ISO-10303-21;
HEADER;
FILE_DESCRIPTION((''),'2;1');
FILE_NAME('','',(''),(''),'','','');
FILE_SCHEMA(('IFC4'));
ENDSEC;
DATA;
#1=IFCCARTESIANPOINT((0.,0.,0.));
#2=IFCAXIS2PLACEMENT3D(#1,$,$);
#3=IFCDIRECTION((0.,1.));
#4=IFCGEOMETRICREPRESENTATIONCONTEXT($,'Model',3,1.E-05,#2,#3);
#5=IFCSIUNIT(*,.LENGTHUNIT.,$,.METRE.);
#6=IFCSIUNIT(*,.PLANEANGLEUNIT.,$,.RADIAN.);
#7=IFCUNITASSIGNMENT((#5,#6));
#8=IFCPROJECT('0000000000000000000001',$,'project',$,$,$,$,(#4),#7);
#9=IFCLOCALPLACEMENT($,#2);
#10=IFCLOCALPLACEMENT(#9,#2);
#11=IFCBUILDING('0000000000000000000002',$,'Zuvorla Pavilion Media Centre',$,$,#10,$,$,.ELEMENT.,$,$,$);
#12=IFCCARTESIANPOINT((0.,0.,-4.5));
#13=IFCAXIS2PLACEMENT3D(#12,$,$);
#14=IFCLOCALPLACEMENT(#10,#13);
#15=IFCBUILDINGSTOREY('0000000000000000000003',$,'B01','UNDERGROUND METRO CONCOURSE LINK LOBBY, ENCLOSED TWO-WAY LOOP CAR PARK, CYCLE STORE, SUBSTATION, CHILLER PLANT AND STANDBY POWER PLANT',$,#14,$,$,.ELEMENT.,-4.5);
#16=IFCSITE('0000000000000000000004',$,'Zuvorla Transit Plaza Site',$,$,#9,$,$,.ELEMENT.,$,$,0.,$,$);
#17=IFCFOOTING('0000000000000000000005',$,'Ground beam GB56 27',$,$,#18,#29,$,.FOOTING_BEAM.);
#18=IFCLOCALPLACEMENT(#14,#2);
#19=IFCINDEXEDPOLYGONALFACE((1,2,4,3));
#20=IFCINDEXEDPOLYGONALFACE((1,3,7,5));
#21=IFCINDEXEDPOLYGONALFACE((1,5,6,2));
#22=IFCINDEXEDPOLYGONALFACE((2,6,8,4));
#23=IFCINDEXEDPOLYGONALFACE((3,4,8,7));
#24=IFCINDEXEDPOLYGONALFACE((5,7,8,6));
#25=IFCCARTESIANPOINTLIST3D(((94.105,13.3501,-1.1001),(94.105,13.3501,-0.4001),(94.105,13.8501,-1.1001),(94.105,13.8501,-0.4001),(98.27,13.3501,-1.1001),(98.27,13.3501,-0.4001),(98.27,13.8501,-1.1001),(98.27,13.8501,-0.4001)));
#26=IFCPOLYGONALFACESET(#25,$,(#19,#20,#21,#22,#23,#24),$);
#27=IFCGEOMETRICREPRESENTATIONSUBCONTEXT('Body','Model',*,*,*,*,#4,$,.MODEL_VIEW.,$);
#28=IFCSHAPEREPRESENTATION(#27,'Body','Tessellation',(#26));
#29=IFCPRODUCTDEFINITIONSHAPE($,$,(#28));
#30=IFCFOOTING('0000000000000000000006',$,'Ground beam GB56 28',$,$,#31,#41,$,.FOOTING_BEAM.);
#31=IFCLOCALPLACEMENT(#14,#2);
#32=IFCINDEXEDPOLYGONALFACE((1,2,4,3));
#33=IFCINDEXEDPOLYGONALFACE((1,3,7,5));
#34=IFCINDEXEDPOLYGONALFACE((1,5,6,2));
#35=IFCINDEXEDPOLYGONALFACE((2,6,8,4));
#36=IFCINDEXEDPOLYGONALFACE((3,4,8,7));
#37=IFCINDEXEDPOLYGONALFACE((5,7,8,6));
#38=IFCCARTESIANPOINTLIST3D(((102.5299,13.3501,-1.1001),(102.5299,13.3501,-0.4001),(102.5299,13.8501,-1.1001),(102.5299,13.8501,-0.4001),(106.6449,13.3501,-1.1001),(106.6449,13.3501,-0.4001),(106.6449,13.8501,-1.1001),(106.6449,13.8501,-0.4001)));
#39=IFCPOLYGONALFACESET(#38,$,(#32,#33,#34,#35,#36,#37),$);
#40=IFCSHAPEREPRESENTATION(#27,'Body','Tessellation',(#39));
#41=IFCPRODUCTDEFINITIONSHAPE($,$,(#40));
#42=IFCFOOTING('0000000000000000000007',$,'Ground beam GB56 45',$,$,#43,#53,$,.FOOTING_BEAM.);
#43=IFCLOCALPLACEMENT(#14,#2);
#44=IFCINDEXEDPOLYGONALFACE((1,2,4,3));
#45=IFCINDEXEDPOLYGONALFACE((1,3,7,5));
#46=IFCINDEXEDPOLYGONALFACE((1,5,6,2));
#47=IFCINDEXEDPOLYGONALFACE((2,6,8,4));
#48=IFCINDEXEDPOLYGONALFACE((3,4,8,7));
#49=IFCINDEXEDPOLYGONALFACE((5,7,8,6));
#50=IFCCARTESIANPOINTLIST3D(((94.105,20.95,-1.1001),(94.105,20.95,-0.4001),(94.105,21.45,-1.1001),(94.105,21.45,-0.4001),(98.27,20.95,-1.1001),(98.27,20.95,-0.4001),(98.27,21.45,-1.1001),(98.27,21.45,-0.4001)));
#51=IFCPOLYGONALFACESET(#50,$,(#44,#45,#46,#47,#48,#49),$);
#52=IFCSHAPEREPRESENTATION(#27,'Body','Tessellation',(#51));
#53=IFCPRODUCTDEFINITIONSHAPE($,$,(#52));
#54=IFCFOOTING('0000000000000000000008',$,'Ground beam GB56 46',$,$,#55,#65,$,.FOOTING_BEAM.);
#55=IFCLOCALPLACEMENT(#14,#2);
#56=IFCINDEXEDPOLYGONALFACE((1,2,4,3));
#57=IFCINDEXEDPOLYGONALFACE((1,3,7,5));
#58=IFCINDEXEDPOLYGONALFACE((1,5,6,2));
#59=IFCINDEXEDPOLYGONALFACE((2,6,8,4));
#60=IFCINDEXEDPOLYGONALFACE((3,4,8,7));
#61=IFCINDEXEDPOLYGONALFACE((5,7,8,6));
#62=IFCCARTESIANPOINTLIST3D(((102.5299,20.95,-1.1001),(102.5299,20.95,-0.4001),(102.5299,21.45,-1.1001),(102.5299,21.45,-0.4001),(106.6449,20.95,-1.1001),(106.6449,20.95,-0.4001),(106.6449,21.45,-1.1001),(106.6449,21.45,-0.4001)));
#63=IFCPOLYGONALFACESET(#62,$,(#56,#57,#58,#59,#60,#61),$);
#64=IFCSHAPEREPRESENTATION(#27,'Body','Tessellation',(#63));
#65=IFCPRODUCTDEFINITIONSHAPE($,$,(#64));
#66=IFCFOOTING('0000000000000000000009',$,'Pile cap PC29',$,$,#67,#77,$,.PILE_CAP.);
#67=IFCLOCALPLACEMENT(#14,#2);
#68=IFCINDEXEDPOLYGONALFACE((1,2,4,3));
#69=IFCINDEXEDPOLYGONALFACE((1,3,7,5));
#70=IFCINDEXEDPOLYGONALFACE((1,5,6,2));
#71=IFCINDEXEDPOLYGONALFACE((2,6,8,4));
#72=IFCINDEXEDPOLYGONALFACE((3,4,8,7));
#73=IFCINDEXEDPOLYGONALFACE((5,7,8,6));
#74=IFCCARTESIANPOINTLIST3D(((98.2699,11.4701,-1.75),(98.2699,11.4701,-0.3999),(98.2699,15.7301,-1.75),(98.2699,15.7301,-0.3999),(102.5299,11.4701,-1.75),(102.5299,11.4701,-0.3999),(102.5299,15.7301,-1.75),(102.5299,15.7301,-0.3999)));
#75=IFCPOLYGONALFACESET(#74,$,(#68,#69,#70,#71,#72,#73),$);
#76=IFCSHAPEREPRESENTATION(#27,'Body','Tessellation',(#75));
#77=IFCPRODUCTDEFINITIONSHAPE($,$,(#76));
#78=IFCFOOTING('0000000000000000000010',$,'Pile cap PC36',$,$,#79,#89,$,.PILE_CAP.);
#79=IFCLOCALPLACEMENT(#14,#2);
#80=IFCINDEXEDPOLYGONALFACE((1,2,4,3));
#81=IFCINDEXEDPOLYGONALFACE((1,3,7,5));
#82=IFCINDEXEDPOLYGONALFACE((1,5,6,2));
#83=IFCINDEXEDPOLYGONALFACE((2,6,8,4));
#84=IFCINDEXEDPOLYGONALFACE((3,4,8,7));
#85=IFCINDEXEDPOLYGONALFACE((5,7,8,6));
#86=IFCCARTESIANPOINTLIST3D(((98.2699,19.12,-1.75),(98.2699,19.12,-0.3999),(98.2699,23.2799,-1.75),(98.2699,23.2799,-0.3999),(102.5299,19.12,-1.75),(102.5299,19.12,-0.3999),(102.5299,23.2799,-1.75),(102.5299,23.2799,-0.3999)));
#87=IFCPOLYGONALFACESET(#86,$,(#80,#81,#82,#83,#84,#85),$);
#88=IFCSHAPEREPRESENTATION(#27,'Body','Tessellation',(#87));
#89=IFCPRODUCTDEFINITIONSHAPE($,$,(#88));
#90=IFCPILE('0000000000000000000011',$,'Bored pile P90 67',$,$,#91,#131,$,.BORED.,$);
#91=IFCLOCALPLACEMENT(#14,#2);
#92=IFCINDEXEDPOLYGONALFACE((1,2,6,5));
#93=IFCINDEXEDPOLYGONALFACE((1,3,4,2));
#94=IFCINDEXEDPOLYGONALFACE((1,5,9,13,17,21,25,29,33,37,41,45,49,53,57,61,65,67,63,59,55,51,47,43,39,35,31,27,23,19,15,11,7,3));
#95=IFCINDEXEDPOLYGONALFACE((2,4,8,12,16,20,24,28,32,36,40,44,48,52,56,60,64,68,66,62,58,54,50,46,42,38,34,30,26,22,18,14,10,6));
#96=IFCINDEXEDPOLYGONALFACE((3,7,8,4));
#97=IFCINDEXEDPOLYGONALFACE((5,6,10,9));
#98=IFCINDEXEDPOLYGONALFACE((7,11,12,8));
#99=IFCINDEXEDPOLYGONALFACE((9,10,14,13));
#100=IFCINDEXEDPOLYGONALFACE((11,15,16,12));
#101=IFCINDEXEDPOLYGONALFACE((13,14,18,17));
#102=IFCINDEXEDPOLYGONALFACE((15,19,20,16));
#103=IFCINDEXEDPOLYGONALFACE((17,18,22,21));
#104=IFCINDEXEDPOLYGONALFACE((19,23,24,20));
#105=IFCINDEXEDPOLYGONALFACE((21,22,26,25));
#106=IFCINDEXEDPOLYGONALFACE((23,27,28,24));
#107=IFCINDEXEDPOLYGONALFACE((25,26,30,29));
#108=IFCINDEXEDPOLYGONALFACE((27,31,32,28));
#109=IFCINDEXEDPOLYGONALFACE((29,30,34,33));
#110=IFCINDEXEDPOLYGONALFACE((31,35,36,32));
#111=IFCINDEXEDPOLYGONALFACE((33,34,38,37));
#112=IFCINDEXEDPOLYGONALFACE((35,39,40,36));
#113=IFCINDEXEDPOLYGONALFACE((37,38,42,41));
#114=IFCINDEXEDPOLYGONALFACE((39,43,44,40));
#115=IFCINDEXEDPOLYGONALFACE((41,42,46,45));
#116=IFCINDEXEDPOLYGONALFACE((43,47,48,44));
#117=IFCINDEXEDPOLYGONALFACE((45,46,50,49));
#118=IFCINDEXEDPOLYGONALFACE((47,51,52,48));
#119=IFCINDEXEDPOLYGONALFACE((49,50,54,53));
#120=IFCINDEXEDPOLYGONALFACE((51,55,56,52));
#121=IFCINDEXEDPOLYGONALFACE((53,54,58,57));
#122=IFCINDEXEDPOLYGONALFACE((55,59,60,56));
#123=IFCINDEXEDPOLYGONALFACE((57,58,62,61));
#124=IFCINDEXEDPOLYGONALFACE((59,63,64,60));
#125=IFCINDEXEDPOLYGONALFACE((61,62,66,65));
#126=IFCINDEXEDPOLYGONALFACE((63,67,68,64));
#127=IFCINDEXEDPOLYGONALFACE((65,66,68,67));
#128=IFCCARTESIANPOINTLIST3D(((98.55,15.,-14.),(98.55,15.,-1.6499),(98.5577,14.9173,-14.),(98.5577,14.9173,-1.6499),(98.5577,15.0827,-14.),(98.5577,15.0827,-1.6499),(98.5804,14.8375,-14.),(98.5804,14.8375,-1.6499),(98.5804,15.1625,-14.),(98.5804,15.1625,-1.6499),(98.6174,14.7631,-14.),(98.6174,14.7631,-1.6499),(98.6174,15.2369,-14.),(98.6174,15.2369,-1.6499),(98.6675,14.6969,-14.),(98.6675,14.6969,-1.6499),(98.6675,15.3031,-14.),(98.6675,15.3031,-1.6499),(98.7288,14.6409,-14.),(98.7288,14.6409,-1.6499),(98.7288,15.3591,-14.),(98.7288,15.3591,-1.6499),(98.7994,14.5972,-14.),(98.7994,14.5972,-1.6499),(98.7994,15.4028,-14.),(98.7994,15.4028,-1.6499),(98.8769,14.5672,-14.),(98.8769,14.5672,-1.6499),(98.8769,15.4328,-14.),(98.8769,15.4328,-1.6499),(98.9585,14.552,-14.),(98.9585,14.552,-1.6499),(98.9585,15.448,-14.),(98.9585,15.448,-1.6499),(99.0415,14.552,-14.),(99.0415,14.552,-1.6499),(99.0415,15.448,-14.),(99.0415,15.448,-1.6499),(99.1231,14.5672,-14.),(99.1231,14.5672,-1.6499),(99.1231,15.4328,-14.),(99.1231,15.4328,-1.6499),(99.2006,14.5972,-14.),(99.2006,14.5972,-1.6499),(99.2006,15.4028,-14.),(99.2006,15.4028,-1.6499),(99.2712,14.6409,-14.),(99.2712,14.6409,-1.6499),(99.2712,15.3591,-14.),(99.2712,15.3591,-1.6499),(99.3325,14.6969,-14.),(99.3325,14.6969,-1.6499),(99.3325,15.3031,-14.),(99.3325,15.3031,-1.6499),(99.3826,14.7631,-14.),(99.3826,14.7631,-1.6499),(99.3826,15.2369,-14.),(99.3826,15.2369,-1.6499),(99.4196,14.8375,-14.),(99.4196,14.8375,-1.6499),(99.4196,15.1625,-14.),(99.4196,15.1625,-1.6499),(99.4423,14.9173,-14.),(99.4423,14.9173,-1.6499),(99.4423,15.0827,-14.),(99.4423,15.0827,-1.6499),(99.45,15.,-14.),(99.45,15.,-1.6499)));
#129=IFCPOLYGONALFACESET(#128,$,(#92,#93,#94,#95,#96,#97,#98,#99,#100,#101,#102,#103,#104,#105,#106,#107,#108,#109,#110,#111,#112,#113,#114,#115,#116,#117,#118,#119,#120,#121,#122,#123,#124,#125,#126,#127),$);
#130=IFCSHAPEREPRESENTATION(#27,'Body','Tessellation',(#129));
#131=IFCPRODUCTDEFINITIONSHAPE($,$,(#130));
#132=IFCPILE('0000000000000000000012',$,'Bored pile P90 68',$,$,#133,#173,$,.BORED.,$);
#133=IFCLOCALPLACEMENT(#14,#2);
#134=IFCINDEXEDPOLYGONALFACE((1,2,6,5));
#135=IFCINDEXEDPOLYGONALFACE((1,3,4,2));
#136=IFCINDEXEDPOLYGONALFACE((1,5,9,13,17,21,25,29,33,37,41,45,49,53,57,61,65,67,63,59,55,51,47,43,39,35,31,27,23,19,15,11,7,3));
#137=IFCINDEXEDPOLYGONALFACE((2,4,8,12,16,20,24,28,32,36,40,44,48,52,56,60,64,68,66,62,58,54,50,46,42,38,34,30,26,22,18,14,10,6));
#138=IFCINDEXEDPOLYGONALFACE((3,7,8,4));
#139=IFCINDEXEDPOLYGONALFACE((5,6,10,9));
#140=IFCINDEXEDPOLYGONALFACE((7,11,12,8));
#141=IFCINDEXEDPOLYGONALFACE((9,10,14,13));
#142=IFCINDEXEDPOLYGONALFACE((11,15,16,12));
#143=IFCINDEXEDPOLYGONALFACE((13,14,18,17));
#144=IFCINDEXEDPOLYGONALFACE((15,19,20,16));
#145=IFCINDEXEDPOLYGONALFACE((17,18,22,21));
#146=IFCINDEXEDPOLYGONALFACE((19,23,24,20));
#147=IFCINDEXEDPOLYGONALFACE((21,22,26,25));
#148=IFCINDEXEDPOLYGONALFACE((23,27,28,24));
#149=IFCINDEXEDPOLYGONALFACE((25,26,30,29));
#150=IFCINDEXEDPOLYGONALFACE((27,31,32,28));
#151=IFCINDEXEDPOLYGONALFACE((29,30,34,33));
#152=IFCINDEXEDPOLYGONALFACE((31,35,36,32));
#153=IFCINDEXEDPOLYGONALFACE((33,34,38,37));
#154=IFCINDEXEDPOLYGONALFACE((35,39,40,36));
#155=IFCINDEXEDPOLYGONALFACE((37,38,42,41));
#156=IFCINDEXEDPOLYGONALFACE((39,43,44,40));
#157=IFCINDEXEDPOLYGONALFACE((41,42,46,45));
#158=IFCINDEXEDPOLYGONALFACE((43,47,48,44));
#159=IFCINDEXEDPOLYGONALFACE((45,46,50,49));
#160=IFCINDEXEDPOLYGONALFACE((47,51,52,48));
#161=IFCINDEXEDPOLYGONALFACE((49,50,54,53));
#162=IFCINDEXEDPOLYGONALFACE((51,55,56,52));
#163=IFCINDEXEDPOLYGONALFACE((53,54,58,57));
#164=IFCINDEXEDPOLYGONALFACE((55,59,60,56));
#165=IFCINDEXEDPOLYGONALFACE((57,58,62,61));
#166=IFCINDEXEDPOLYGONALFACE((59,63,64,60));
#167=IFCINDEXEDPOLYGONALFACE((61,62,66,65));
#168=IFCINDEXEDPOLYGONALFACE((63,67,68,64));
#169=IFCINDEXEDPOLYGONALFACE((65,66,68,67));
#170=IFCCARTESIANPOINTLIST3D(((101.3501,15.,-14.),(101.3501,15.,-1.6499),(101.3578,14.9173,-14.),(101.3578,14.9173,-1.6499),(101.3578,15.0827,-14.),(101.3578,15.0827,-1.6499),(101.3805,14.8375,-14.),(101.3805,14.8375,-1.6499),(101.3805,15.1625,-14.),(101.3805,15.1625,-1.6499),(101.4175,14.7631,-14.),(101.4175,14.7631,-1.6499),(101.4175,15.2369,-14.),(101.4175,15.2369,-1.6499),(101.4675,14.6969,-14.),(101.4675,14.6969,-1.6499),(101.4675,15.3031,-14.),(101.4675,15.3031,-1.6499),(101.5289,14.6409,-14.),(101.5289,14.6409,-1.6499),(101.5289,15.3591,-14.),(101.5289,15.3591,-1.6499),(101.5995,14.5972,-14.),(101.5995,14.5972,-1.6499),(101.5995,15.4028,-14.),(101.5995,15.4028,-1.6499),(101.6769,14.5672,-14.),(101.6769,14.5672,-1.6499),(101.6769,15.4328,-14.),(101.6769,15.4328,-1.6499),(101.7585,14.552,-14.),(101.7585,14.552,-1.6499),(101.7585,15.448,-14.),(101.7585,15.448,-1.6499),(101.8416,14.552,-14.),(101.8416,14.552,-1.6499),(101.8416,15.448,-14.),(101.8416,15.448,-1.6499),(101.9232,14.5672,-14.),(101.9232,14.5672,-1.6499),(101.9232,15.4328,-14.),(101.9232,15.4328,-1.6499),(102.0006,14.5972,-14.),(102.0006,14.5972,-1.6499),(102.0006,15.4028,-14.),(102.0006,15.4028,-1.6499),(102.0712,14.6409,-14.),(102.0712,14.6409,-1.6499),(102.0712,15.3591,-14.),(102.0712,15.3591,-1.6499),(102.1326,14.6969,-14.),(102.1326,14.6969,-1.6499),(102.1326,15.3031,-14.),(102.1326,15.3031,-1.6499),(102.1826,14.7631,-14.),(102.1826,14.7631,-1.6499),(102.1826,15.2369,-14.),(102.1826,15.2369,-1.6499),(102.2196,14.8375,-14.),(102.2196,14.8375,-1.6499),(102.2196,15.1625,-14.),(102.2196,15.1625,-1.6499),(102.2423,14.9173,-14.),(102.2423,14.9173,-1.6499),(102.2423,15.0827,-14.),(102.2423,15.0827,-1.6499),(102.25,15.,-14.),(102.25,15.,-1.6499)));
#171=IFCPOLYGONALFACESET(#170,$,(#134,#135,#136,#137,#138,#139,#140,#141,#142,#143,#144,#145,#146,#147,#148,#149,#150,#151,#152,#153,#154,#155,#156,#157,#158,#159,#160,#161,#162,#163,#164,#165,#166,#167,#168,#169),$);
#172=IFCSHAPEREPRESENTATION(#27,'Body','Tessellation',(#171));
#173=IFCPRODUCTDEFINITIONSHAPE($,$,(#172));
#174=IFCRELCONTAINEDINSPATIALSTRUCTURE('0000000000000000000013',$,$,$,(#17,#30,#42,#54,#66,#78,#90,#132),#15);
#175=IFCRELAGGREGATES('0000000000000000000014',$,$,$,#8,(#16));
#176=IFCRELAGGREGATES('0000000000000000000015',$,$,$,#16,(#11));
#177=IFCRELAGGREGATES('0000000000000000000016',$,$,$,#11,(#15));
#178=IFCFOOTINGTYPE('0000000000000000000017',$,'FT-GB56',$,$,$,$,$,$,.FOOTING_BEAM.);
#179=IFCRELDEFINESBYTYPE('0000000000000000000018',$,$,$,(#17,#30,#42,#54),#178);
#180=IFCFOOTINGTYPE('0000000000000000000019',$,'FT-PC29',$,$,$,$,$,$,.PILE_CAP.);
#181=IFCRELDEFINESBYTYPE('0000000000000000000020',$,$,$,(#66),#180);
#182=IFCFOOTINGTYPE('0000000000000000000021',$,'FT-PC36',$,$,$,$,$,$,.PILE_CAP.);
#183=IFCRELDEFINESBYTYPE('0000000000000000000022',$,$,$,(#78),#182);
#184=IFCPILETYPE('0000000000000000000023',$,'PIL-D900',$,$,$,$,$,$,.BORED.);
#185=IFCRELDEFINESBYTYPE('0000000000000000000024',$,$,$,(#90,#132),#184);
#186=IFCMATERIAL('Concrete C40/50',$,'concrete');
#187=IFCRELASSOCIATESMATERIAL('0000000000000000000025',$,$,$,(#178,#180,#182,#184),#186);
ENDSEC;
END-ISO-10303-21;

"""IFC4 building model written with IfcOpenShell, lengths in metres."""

from ifc_helpers import new_model, si_unit, direction, frame, origin, origin_2d, place, context, subcontext, project, spatial, rectangle, circle, extrude, material, material_profile, profile_set, type_object, element, save


model = new_model("IFC4")

# Units and contexts
model_context = context("Model", 3, precision=1e-05, world=origin(), true_north=direction((0.0, 1.0)))
body_context = subcontext(model_context, "Body", "Model", "MODEL_VIEW")
ifc_project = project(units=[si_unit("LENGTHUNIT", "METRE"), si_unit("PLANEANGLEUNIT", "RADIAN")], contexts=[model_context])

# Site, building, storey
site_placement = place(None, origin())
site = spatial("IfcSite", under=ifc_project, at=site_placement, Name="Zuvorla Transit Plaza Site", CompositionType="ELEMENT", RefElevation=0.0)
building_placement = place(site_placement, origin())
building = spatial("IfcBuilding", under=site, at=building_placement, Name="Zuvorla Pavilion Media Centre", CompositionType="ELEMENT")
storey_placement = place(building_placement, frame((0.0, 0.0, -4.5)))
storey = spatial("IfcBuildingStorey", under=building, at=storey_placement, Name="B01", Description="UNDERGROUND METRO CONCOURSE LINK LOBBY, ENCLOSED TWO-WAY LOOP CAR PARK, CYCLE STORE, SUBSTATION, CHILLER PLANT AND STANDBY POWER PLANT", CompositionType="ELEMENT", Elevation=-4.5)

# Footings
ifc_material_1 = material(Name="Concrete C40/50", Category="concrete")
footing_type_1 = type_object("IfcFootingType", Name="FT-GB56", PredefinedType="FOOTING_BEAM", material=ifc_material_1)
footing_1_placement = place(storey_placement, frame((96.1875, 13.6001, -1.1001), z_axis=(0.0, 0.0, 1.0), x_axis=(1.0, 0.0, 0.0)))
element("IfcFooting", 1, at=footing_1_placement, inside=storey, type_object=footing_type_1, Name="Ground beam GB56 27", PredefinedType="FOOTING_BEAM", context=body_context, shape_type="SweptSolid", body=[
    extrude(rectangle(XDim=4.165, YDim=0.5, at=origin_2d()), origin(), (0.0, 0.0, 1.0), 0.7),
])
footing_2_placement = place(storey_placement, frame((104.5874, 13.6001, -1.1001), z_axis=(0.0, 0.0, 1.0), x_axis=(1.0, 0.0, 0.0)))
element("IfcFooting", 2, at=footing_2_placement, inside=storey, type_object=footing_type_1, Name="Ground beam GB56 28", PredefinedType="FOOTING_BEAM", context=body_context, shape_type="SweptSolid", body=[
    extrude(rectangle(XDim=4.115, YDim=0.5, at=origin_2d()), origin(), (0.0, 0.0, 1.0), 0.7),
])
footing_3_placement = place(storey_placement, frame((96.1875, 21.2, -1.1001), z_axis=(0.0, 0.0, 1.0), x_axis=(1.0, 0.0, 0.0)))
element("IfcFooting", 3, at=footing_3_placement, inside=storey, type_object=footing_type_1, Name="Ground beam GB56 45", PredefinedType="FOOTING_BEAM", context=body_context, shape_type="SweptSolid", body=[
    extrude(rectangle(XDim=4.165, YDim=0.5, at=origin_2d()), origin(), (0.0, 0.0, 1.0), 0.7),
])
footing_4_placement = place(storey_placement, frame((104.5874, 21.2, -1.1001), z_axis=(0.0, 0.0, 1.0), x_axis=(1.0, 0.0, 0.0)))
element("IfcFooting", 4, at=footing_4_placement, inside=storey, type_object=footing_type_1, Name="Ground beam GB56 46", PredefinedType="FOOTING_BEAM", context=body_context, shape_type="SweptSolid", body=[
    extrude(rectangle(XDim=4.115, YDim=0.5, at=origin_2d()), origin(), (0.0, 0.0, 1.0), 0.7),
])
footing_type_2 = type_object("IfcFootingType", Name="FT-PC29", PredefinedType="PILE_CAP", material=ifc_material_1)
footing_5_placement = place(storey_placement, frame((100.3999, 13.6001, -1.75), z_axis=(0.0, 0.0, 1.0), x_axis=(1.0, 0.0, 0.0)))
element("IfcFooting", 5, at=footing_5_placement, inside=storey, type_object=footing_type_2, Name="Pile cap PC29", PredefinedType="PILE_CAP", context=body_context, shape_type="SweptSolid", body=[
    extrude(rectangle(XDim=4.26, YDim=4.26, at=origin_2d()), origin(), (0.0, 0.0, 1.0), 1.3501),
])
footing_type_3 = type_object("IfcFootingType", Name="FT-PC36", PredefinedType="PILE_CAP", material=ifc_material_1)
footing_6_placement = place(storey_placement, frame((100.3999, 21.2, -1.75), z_axis=(0.0, 0.0, 1.0), x_axis=(1.0, 0.0, 0.0)))
element("IfcFooting", 6, at=footing_6_placement, inside=storey, type_object=footing_type_3, Name="Pile cap PC36", PredefinedType="PILE_CAP", context=body_context, shape_type="SweptSolid", body=[
    extrude(rectangle(XDim=4.26, YDim=4.1599, at=origin_2d()), origin(), (0.0, 0.0, 1.0), 1.3501),
])

# Piles
ifc_material_profile_1 = material_profile(ifc_material_1, circle(Radius=0.45, at=origin_2d()), Name="BORED PILE 900")
ifc_profile_set_1 = profile_set([ifc_material_profile_1], Name="Concrete C40/50")
pile_type = type_object("IfcPileType", Name="PIL-D900", PredefinedType="BORED", material=ifc_profile_set_1)
for number, where, z_axis, x_axis, name in (
    (7, (99.0, 15.0, -1.6499), (0.0, 0.0, -1.0), (1.0, 0.0, 0.0), "Bored pile P90 67"),
    (8, (101.8, 15.0, -1.6499), (0.0, 0.0, -1.0), (1.0, 0.0, 0.0), "Bored pile P90 68"),
):
    element("IfcPile", number, at=place(storey_placement, frame(where, z_axis=z_axis, x_axis=x_axis)), inside=storey, type_object=pile_type, Name=name, PredefinedType="BORED", context=body_context, shape_type="SweptSolid", body=[
        extrude(circle(Radius=0.45, at=origin_2d()), origin(), (0.0, 0.0, 1.0), 12.3501),
    ])

save(model, "model.ifc")
